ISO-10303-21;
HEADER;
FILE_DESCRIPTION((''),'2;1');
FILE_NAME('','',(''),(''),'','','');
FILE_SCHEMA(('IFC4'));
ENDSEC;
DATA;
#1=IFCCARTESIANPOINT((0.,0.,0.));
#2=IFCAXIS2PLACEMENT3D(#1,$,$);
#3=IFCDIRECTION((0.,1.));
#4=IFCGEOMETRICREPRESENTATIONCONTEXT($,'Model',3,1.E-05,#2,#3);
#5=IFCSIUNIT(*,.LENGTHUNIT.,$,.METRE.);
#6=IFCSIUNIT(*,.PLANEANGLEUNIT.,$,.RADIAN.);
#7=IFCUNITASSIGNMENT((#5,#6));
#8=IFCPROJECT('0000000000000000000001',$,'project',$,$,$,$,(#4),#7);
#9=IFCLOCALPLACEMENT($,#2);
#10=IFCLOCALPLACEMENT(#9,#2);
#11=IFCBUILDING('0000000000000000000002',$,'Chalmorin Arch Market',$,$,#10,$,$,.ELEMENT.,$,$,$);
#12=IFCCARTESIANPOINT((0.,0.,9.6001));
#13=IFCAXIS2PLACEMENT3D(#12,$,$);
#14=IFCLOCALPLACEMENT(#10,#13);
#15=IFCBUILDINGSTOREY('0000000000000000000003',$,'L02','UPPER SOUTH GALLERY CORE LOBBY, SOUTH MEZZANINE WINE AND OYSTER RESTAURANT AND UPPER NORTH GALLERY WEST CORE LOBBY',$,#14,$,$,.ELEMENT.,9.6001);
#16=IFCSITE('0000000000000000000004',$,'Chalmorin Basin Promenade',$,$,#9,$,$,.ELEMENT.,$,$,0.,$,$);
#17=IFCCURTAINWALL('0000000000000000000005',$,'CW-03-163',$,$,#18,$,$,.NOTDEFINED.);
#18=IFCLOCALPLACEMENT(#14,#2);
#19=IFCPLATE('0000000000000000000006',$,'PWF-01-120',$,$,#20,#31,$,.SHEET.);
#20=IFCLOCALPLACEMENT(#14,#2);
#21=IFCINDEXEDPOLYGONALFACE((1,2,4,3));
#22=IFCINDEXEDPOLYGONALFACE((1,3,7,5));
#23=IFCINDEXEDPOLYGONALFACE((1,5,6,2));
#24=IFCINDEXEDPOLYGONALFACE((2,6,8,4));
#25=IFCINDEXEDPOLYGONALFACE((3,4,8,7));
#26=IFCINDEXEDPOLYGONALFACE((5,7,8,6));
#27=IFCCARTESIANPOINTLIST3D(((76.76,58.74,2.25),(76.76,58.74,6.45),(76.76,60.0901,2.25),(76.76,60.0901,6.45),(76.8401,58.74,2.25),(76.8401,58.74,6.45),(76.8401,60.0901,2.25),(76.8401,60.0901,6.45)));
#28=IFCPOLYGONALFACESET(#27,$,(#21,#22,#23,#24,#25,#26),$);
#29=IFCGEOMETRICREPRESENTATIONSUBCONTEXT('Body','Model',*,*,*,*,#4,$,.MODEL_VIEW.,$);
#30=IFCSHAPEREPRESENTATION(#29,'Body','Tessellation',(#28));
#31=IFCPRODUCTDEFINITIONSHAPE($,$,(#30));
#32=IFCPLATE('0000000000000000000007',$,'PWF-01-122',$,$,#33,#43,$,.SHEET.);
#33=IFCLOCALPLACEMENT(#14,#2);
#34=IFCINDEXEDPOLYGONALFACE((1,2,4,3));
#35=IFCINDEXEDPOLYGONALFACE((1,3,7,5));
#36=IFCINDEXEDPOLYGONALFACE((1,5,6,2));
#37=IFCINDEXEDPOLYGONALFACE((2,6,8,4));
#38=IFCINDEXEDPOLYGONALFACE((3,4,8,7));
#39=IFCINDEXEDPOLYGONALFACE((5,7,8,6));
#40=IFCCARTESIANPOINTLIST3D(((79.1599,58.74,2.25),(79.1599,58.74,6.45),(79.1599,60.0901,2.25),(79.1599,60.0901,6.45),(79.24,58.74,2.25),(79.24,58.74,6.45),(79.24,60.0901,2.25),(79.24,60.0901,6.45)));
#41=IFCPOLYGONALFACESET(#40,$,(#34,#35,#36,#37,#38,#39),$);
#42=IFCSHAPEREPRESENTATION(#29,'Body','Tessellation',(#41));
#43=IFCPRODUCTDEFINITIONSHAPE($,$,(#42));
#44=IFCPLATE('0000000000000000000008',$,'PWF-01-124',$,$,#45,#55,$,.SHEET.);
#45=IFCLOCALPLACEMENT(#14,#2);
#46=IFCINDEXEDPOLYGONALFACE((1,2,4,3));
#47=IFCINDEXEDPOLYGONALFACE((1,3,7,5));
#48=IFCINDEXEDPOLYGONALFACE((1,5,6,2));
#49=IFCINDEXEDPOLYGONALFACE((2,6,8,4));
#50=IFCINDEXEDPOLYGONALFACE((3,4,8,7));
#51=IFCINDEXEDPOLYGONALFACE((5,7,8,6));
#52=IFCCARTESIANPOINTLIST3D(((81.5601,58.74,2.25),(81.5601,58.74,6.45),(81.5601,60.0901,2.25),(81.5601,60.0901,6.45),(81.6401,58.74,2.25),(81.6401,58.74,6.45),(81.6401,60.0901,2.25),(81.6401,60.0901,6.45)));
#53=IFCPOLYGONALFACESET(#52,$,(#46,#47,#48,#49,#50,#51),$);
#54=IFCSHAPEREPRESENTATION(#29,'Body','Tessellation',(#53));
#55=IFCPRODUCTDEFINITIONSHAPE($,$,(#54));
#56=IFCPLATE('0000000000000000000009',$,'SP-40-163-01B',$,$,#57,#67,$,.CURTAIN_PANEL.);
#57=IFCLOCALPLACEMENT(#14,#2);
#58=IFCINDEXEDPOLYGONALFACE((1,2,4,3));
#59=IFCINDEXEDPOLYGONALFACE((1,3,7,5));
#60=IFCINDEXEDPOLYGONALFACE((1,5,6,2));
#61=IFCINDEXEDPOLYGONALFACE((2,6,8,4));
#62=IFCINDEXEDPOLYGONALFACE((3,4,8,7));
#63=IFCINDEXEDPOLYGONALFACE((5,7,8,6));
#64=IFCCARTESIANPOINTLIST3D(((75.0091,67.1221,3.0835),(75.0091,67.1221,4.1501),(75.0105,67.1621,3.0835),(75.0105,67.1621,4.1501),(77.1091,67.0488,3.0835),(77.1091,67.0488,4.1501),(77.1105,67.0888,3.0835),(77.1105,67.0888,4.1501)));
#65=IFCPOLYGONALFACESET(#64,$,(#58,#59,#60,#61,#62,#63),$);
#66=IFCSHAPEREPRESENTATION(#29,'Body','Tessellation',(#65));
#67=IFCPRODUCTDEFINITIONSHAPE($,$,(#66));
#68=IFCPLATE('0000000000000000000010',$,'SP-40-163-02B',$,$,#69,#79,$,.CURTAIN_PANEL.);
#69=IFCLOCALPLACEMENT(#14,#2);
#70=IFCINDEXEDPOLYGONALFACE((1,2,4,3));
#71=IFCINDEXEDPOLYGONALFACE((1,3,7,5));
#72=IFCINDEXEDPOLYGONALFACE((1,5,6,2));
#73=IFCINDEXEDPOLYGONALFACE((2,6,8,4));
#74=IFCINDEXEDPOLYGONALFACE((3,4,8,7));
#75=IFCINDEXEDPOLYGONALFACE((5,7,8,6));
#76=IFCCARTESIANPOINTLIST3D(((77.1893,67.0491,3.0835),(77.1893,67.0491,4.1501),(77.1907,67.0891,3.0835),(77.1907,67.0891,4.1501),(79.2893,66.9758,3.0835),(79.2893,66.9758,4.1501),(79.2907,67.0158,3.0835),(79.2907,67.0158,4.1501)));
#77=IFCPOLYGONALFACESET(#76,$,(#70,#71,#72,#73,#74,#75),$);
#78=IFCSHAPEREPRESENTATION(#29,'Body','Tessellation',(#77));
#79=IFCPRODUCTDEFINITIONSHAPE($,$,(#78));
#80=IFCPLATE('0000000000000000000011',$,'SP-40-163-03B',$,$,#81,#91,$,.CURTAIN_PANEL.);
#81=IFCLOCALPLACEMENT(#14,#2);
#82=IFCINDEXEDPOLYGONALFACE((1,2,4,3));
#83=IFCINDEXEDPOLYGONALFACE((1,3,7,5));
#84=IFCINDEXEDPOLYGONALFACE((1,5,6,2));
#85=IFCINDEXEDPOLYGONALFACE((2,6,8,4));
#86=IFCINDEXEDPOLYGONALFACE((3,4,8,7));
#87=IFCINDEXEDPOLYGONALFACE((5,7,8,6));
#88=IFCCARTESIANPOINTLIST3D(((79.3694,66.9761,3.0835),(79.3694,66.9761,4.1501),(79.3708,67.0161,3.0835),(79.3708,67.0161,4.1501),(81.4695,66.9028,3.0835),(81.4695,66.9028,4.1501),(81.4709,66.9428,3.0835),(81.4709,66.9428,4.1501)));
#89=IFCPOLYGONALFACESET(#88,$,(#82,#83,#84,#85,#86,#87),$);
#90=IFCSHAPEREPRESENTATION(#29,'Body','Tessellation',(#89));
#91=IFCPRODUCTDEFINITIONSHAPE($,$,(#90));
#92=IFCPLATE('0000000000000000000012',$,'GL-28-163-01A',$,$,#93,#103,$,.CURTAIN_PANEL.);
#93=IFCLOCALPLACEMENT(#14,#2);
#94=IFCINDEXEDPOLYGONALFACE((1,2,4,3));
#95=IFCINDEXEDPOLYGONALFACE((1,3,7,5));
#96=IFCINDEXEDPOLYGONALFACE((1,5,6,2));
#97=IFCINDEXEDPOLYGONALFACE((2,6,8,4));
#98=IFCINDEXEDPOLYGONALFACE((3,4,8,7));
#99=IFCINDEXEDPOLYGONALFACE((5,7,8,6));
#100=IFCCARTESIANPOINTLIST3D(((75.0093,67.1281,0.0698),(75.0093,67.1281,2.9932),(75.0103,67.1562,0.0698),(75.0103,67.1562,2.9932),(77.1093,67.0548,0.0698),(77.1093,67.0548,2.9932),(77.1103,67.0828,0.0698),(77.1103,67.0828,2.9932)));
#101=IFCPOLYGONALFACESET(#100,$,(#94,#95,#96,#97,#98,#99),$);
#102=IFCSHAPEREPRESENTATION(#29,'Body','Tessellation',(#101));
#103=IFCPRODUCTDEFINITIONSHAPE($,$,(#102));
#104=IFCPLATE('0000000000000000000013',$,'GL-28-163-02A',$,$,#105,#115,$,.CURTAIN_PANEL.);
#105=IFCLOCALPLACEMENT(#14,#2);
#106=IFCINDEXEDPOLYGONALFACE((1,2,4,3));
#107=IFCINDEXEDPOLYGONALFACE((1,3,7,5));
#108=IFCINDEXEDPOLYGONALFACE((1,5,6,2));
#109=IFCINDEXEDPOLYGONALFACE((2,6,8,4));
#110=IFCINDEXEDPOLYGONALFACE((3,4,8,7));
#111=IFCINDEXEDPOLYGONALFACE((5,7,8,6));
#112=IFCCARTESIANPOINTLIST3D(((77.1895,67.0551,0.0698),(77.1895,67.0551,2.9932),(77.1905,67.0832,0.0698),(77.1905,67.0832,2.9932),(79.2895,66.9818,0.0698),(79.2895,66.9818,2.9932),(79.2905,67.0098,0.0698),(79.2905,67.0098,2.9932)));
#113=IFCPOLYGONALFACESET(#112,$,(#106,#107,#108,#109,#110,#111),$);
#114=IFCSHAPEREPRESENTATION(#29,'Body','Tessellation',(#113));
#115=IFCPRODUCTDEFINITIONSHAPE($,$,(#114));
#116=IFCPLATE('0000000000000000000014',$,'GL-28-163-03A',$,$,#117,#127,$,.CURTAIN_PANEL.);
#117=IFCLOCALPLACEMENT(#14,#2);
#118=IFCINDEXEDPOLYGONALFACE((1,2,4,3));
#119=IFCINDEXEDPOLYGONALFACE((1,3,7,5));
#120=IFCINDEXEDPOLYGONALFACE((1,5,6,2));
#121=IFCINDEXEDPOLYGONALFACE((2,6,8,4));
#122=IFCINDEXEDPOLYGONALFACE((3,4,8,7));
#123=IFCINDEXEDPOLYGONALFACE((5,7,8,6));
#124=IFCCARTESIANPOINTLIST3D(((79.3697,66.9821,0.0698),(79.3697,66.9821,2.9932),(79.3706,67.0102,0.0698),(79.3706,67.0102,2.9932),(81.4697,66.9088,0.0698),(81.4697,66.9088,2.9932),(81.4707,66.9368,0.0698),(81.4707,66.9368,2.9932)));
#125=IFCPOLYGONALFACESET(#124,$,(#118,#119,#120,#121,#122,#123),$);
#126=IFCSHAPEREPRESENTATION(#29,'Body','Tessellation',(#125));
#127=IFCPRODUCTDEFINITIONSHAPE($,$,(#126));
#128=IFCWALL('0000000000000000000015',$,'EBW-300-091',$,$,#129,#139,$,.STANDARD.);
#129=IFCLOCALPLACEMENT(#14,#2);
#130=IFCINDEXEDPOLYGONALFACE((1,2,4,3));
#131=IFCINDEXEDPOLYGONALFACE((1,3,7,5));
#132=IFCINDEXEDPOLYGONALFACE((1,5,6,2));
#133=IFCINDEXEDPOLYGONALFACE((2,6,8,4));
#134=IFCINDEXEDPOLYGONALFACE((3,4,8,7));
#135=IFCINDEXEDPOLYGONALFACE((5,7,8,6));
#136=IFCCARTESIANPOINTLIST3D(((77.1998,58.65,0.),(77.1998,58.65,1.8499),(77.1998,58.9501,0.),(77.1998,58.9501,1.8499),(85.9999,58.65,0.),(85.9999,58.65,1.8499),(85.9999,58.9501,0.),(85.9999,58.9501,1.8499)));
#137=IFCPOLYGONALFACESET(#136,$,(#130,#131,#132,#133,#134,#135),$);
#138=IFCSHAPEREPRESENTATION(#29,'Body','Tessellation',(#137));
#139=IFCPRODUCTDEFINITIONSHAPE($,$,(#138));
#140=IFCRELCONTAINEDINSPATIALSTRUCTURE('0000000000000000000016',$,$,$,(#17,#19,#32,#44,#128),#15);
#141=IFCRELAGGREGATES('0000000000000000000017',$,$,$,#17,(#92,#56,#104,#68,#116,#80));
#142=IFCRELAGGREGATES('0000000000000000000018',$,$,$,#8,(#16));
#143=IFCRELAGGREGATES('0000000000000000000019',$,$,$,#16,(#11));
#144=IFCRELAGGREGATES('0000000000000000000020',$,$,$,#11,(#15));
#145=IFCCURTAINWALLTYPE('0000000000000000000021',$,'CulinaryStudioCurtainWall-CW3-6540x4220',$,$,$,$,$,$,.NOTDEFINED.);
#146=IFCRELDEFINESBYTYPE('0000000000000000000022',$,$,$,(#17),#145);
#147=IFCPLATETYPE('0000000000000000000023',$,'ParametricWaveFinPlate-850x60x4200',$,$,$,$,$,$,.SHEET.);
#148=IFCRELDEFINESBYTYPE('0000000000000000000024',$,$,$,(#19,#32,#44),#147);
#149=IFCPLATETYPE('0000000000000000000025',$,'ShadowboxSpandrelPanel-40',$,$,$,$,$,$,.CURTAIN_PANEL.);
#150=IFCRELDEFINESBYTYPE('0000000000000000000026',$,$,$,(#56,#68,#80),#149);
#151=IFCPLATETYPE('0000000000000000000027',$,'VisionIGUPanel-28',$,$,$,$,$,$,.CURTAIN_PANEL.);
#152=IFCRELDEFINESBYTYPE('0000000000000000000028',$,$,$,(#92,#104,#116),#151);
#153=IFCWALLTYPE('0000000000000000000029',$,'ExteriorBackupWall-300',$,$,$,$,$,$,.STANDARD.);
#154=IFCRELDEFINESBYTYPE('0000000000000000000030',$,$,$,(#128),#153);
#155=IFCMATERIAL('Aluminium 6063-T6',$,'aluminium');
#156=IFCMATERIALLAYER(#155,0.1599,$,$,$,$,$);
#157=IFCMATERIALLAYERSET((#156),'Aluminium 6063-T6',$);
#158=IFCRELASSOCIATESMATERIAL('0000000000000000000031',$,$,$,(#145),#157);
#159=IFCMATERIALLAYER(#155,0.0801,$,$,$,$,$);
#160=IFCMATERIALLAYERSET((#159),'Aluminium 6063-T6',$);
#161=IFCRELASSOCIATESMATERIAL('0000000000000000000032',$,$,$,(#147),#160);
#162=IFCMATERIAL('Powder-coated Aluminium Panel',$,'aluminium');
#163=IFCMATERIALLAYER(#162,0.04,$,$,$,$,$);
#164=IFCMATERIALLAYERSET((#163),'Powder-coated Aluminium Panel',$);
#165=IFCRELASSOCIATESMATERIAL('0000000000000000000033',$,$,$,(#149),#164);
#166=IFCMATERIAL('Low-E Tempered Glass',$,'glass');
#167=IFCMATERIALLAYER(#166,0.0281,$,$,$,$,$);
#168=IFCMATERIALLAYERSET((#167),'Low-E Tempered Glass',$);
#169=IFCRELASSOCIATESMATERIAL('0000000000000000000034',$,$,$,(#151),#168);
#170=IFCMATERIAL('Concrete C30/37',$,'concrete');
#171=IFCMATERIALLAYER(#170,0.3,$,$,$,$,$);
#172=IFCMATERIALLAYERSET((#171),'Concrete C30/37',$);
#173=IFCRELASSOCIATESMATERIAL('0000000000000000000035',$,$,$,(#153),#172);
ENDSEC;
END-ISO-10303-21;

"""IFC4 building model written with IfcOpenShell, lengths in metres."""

from ifc_helpers import new_model, si_unit, direction, frame, frame_2d, origin, origin_2d, place, context, subcontext, project, spatial, rectangle, extrude, material, layer, layer_set, type_object, element, aggregate, save


model = new_model("IFC4")

# Units and contexts
model_context = context("Model", 3, precision=1e-05, world=origin(), true_north=direction((0.0, 1.0)))
body_context = subcontext(model_context, "Body", "Model", "MODEL_VIEW")
ifc_project = project(units=[si_unit("LENGTHUNIT", "METRE"), si_unit("PLANEANGLEUNIT", "RADIAN")], contexts=[model_context])

# Site, building, storey
site_placement = place(None, origin())
site = spatial("IfcSite", under=ifc_project, at=site_placement, Name="Chalmorin Basin Promenade", CompositionType="ELEMENT", RefElevation=0.0)
building_placement = place(site_placement, origin())
building = spatial("IfcBuilding", under=site, at=building_placement, Name="Chalmorin Arch Market", CompositionType="ELEMENT")
storey_placement = place(building_placement, frame((0.0, 0.0, 9.6001)))
storey = spatial("IfcBuildingStorey", under=building, at=storey_placement, Name="L02", Description="UPPER SOUTH GALLERY CORE LOBBY, SOUTH MEZZANINE WINE AND OYSTER RESTAURANT AND UPPER NORTH GALLERY WEST CORE LOBBY", CompositionType="ELEMENT", Elevation=9.6001)

# Curtain wall
ifc_material_1 = material(Name="Aluminium 6063-T6", Category="aluminium")
ifc_layer_1 = layer(ifc_material_1, 0.1599)
ifc_layer_set_1 = layer_set([ifc_layer_1], Name="Aluminium 6063-T6")
curtain_wall_type = type_object("IfcCurtainWallType", Name="CulinaryStudioCurtainWall-CW3-6540x4220", PredefinedType="NOTDEFINED", material=ifc_layer_set_1)
curtain_wall_placement = place(storey_placement, origin())
curtain_wall = element("IfcCurtainWall", 1, at=curtain_wall_placement, inside=storey, type_object=curtain_wall_type, Name="CW-03-163", PredefinedType="NOTDEFINED")

# Plates
ifc_layer_2 = layer(ifc_material_1, 0.0801)
ifc_layer_set_2 = layer_set([ifc_layer_2], Name="Aluminium 6063-T6")
plate_type_1 = type_object("IfcPlateType", Name="ParametricWaveFinPlate-850x60x4200", PredefinedType="SHEET", material=ifc_layer_set_2)
for number, where, z_axis, x_axis, name in (
    (2, (76.8, 59.415, 2.25), (0.0, 0.0, 1.0), (0.0, 1.0, 0.0), "PWF-01-120"),
    (3, (79.2, 59.415, 2.25), (0.0, 0.0, 1.0), (0.0, 1.0, 0.0), "PWF-01-122"),
    (4, (81.6001, 59.415, 2.25), (0.0, 0.0, 1.0), (0.0, 1.0, 0.0), "PWF-01-124"),
):
    element("IfcPlate", number, at=place(storey_placement, frame(where, z_axis=z_axis, x_axis=x_axis)), inside=storey, type_object=plate_type_1, Name=name, PredefinedType="SHEET", context=body_context, shape_type="SweptSolid", body=[
        extrude(rectangle(XDim=1.3501, YDim=0.0801, at=origin_2d()), origin(), (0.0, 0.0, 1.0), 4.2),
    ])

# Plates
ifc_material_2 = material(Name="Powder-coated Aluminium Panel", Category="aluminium")
ifc_layer_3 = layer(ifc_material_2, 0.04)
ifc_layer_set_3 = layer_set([ifc_layer_3], Name="Powder-coated Aluminium Panel")
plate_type_2 = type_object("IfcPlateType", Name="ShadowboxSpandrelPanel-40", PredefinedType="CURTAIN_PANEL", material=ifc_layer_set_3)
plate_1_placement = place(storey_placement, frame((76.0598, 67.1055, 3.0835), z_axis=(0.0, 0.0, 1.0), x_axis=(0.999391, -0.034899, 0.0)))
plate_1 = element("IfcPlate", 5, at=plate_1_placement, type_object=plate_type_2, Name="SP-40-163-01B", PredefinedType="CURTAIN_PANEL", context=body_context, shape_type="SweptSolid", body=[
    extrude(rectangle(XDim=2.1013, YDim=0.04, at=origin_2d()), origin(), (0.0, 0.0, 1.0), 1.0667),
])
plate_2_placement = place(storey_placement, frame((78.24, 67.0325, 3.0835), z_axis=(0.0, 0.0, 1.0), x_axis=(0.999391, -0.034899, 0.0)))
plate_2 = element("IfcPlate", 6, at=plate_2_placement, type_object=plate_type_2, Name="SP-40-163-02B", PredefinedType="CURTAIN_PANEL", context=body_context, shape_type="SweptSolid", body=[
    extrude(rectangle(XDim=2.1013, YDim=0.04, at=origin_2d()), origin(), (0.0, 0.0, 1.0), 1.0667),
])
plate_3_placement = place(storey_placement, frame((80.4202, 66.9595, 3.0835), z_axis=(0.0, 0.0, 1.0), x_axis=(0.999391, -0.034899, 0.0)))
plate_3 = element("IfcPlate", 7, at=plate_3_placement, type_object=plate_type_2, Name="SP-40-163-03B", PredefinedType="CURTAIN_PANEL", context=body_context, shape_type="SweptSolid", body=[
    extrude(rectangle(XDim=2.1013, YDim=0.04, at=origin_2d()), origin(), (0.0, 0.0, 1.0), 1.0667),
])
ifc_material_3 = material(Name="Low-E Tempered Glass", Category="glass")
ifc_layer_4 = layer(ifc_material_3, 0.0281)
ifc_layer_set_4 = layer_set([ifc_layer_4], Name="Low-E Tempered Glass")
plate_type_3 = type_object("IfcPlateType", Name="VisionIGUPanel-28", PredefinedType="CURTAIN_PANEL", material=ifc_layer_set_4)
plate_4_placement = place(storey_placement, frame((76.0598, 67.1055, 0.0698), z_axis=(0.0, 0.0, 1.0), x_axis=(0.999391, -0.034899, 0.0)))
plate_4 = element("IfcPlate", 8, at=plate_4_placement, type_object=plate_type_3, Name="GL-28-163-01A", PredefinedType="CURTAIN_PANEL", context=body_context, shape_type="SweptSolid", body=[
    extrude(rectangle(XDim=2.1013, YDim=0.0281, at=origin_2d()), origin(), (0.0, 0.0, 1.0), 2.9233),
])
plate_5_placement = place(storey_placement, frame((78.24, 67.0325, 0.0698), z_axis=(0.0, 0.0, 1.0), x_axis=(0.999391, -0.034899, 0.0)))
plate_5 = element("IfcPlate", 9, at=plate_5_placement, type_object=plate_type_3, Name="GL-28-163-02A", PredefinedType="CURTAIN_PANEL", context=body_context, shape_type="SweptSolid", body=[
    extrude(rectangle(XDim=2.1013, YDim=0.0281, at=origin_2d()), origin(), (0.0, 0.0, 1.0), 2.9233),
])
plate_6_placement = place(storey_placement, frame((80.4202, 66.9595, 0.0698), z_axis=(0.0, 0.0, 1.0), x_axis=(0.999391, -0.034899, 0.0)))
plate_6 = element("IfcPlate", 10, at=plate_6_placement, type_object=plate_type_3, Name="GL-28-163-03A", PredefinedType="CURTAIN_PANEL", context=body_context, shape_type="SweptSolid", body=[
    extrude(rectangle(XDim=2.1013, YDim=0.0281, at=origin_2d()), origin(), (0.0, 0.0, 1.0), 2.9233),
])
aggregate(curtain_wall, [plate_4, plate_1, plate_5, plate_2, plate_6, plate_3])

# Wall
ifc_material_4 = material(Name="Concrete C30/37", Category="concrete")
ifc_layer_5 = layer(ifc_material_4, 0.3)
ifc_layer_set_5 = layer_set([ifc_layer_5], Name="Concrete C30/37")
wall_type = type_object("IfcWallType", Name="ExteriorBackupWall-300", PredefinedType="STANDARD", material=ifc_layer_set_5)
wall_1_placement = place(storey_placement, frame((77.2, 58.8, 0.0), z_axis=(0.0, 0.0, 1.0), x_axis=(1.0, 0.0, 0.0)))
element("IfcWall", 11, at=wall_1_placement, inside=storey, type_object=wall_type, Name="EBW-300-091", PredefinedType="STANDARD", context=body_context, shape_type="SweptSolid", body=[
    extrude(rectangle(XDim=8.8, YDim=0.3, at=frame_2d((4.3999, 0.0))), origin(), (0.0, 0.0, 1.0), 1.8499),
])

save(model, "model.ifc")
